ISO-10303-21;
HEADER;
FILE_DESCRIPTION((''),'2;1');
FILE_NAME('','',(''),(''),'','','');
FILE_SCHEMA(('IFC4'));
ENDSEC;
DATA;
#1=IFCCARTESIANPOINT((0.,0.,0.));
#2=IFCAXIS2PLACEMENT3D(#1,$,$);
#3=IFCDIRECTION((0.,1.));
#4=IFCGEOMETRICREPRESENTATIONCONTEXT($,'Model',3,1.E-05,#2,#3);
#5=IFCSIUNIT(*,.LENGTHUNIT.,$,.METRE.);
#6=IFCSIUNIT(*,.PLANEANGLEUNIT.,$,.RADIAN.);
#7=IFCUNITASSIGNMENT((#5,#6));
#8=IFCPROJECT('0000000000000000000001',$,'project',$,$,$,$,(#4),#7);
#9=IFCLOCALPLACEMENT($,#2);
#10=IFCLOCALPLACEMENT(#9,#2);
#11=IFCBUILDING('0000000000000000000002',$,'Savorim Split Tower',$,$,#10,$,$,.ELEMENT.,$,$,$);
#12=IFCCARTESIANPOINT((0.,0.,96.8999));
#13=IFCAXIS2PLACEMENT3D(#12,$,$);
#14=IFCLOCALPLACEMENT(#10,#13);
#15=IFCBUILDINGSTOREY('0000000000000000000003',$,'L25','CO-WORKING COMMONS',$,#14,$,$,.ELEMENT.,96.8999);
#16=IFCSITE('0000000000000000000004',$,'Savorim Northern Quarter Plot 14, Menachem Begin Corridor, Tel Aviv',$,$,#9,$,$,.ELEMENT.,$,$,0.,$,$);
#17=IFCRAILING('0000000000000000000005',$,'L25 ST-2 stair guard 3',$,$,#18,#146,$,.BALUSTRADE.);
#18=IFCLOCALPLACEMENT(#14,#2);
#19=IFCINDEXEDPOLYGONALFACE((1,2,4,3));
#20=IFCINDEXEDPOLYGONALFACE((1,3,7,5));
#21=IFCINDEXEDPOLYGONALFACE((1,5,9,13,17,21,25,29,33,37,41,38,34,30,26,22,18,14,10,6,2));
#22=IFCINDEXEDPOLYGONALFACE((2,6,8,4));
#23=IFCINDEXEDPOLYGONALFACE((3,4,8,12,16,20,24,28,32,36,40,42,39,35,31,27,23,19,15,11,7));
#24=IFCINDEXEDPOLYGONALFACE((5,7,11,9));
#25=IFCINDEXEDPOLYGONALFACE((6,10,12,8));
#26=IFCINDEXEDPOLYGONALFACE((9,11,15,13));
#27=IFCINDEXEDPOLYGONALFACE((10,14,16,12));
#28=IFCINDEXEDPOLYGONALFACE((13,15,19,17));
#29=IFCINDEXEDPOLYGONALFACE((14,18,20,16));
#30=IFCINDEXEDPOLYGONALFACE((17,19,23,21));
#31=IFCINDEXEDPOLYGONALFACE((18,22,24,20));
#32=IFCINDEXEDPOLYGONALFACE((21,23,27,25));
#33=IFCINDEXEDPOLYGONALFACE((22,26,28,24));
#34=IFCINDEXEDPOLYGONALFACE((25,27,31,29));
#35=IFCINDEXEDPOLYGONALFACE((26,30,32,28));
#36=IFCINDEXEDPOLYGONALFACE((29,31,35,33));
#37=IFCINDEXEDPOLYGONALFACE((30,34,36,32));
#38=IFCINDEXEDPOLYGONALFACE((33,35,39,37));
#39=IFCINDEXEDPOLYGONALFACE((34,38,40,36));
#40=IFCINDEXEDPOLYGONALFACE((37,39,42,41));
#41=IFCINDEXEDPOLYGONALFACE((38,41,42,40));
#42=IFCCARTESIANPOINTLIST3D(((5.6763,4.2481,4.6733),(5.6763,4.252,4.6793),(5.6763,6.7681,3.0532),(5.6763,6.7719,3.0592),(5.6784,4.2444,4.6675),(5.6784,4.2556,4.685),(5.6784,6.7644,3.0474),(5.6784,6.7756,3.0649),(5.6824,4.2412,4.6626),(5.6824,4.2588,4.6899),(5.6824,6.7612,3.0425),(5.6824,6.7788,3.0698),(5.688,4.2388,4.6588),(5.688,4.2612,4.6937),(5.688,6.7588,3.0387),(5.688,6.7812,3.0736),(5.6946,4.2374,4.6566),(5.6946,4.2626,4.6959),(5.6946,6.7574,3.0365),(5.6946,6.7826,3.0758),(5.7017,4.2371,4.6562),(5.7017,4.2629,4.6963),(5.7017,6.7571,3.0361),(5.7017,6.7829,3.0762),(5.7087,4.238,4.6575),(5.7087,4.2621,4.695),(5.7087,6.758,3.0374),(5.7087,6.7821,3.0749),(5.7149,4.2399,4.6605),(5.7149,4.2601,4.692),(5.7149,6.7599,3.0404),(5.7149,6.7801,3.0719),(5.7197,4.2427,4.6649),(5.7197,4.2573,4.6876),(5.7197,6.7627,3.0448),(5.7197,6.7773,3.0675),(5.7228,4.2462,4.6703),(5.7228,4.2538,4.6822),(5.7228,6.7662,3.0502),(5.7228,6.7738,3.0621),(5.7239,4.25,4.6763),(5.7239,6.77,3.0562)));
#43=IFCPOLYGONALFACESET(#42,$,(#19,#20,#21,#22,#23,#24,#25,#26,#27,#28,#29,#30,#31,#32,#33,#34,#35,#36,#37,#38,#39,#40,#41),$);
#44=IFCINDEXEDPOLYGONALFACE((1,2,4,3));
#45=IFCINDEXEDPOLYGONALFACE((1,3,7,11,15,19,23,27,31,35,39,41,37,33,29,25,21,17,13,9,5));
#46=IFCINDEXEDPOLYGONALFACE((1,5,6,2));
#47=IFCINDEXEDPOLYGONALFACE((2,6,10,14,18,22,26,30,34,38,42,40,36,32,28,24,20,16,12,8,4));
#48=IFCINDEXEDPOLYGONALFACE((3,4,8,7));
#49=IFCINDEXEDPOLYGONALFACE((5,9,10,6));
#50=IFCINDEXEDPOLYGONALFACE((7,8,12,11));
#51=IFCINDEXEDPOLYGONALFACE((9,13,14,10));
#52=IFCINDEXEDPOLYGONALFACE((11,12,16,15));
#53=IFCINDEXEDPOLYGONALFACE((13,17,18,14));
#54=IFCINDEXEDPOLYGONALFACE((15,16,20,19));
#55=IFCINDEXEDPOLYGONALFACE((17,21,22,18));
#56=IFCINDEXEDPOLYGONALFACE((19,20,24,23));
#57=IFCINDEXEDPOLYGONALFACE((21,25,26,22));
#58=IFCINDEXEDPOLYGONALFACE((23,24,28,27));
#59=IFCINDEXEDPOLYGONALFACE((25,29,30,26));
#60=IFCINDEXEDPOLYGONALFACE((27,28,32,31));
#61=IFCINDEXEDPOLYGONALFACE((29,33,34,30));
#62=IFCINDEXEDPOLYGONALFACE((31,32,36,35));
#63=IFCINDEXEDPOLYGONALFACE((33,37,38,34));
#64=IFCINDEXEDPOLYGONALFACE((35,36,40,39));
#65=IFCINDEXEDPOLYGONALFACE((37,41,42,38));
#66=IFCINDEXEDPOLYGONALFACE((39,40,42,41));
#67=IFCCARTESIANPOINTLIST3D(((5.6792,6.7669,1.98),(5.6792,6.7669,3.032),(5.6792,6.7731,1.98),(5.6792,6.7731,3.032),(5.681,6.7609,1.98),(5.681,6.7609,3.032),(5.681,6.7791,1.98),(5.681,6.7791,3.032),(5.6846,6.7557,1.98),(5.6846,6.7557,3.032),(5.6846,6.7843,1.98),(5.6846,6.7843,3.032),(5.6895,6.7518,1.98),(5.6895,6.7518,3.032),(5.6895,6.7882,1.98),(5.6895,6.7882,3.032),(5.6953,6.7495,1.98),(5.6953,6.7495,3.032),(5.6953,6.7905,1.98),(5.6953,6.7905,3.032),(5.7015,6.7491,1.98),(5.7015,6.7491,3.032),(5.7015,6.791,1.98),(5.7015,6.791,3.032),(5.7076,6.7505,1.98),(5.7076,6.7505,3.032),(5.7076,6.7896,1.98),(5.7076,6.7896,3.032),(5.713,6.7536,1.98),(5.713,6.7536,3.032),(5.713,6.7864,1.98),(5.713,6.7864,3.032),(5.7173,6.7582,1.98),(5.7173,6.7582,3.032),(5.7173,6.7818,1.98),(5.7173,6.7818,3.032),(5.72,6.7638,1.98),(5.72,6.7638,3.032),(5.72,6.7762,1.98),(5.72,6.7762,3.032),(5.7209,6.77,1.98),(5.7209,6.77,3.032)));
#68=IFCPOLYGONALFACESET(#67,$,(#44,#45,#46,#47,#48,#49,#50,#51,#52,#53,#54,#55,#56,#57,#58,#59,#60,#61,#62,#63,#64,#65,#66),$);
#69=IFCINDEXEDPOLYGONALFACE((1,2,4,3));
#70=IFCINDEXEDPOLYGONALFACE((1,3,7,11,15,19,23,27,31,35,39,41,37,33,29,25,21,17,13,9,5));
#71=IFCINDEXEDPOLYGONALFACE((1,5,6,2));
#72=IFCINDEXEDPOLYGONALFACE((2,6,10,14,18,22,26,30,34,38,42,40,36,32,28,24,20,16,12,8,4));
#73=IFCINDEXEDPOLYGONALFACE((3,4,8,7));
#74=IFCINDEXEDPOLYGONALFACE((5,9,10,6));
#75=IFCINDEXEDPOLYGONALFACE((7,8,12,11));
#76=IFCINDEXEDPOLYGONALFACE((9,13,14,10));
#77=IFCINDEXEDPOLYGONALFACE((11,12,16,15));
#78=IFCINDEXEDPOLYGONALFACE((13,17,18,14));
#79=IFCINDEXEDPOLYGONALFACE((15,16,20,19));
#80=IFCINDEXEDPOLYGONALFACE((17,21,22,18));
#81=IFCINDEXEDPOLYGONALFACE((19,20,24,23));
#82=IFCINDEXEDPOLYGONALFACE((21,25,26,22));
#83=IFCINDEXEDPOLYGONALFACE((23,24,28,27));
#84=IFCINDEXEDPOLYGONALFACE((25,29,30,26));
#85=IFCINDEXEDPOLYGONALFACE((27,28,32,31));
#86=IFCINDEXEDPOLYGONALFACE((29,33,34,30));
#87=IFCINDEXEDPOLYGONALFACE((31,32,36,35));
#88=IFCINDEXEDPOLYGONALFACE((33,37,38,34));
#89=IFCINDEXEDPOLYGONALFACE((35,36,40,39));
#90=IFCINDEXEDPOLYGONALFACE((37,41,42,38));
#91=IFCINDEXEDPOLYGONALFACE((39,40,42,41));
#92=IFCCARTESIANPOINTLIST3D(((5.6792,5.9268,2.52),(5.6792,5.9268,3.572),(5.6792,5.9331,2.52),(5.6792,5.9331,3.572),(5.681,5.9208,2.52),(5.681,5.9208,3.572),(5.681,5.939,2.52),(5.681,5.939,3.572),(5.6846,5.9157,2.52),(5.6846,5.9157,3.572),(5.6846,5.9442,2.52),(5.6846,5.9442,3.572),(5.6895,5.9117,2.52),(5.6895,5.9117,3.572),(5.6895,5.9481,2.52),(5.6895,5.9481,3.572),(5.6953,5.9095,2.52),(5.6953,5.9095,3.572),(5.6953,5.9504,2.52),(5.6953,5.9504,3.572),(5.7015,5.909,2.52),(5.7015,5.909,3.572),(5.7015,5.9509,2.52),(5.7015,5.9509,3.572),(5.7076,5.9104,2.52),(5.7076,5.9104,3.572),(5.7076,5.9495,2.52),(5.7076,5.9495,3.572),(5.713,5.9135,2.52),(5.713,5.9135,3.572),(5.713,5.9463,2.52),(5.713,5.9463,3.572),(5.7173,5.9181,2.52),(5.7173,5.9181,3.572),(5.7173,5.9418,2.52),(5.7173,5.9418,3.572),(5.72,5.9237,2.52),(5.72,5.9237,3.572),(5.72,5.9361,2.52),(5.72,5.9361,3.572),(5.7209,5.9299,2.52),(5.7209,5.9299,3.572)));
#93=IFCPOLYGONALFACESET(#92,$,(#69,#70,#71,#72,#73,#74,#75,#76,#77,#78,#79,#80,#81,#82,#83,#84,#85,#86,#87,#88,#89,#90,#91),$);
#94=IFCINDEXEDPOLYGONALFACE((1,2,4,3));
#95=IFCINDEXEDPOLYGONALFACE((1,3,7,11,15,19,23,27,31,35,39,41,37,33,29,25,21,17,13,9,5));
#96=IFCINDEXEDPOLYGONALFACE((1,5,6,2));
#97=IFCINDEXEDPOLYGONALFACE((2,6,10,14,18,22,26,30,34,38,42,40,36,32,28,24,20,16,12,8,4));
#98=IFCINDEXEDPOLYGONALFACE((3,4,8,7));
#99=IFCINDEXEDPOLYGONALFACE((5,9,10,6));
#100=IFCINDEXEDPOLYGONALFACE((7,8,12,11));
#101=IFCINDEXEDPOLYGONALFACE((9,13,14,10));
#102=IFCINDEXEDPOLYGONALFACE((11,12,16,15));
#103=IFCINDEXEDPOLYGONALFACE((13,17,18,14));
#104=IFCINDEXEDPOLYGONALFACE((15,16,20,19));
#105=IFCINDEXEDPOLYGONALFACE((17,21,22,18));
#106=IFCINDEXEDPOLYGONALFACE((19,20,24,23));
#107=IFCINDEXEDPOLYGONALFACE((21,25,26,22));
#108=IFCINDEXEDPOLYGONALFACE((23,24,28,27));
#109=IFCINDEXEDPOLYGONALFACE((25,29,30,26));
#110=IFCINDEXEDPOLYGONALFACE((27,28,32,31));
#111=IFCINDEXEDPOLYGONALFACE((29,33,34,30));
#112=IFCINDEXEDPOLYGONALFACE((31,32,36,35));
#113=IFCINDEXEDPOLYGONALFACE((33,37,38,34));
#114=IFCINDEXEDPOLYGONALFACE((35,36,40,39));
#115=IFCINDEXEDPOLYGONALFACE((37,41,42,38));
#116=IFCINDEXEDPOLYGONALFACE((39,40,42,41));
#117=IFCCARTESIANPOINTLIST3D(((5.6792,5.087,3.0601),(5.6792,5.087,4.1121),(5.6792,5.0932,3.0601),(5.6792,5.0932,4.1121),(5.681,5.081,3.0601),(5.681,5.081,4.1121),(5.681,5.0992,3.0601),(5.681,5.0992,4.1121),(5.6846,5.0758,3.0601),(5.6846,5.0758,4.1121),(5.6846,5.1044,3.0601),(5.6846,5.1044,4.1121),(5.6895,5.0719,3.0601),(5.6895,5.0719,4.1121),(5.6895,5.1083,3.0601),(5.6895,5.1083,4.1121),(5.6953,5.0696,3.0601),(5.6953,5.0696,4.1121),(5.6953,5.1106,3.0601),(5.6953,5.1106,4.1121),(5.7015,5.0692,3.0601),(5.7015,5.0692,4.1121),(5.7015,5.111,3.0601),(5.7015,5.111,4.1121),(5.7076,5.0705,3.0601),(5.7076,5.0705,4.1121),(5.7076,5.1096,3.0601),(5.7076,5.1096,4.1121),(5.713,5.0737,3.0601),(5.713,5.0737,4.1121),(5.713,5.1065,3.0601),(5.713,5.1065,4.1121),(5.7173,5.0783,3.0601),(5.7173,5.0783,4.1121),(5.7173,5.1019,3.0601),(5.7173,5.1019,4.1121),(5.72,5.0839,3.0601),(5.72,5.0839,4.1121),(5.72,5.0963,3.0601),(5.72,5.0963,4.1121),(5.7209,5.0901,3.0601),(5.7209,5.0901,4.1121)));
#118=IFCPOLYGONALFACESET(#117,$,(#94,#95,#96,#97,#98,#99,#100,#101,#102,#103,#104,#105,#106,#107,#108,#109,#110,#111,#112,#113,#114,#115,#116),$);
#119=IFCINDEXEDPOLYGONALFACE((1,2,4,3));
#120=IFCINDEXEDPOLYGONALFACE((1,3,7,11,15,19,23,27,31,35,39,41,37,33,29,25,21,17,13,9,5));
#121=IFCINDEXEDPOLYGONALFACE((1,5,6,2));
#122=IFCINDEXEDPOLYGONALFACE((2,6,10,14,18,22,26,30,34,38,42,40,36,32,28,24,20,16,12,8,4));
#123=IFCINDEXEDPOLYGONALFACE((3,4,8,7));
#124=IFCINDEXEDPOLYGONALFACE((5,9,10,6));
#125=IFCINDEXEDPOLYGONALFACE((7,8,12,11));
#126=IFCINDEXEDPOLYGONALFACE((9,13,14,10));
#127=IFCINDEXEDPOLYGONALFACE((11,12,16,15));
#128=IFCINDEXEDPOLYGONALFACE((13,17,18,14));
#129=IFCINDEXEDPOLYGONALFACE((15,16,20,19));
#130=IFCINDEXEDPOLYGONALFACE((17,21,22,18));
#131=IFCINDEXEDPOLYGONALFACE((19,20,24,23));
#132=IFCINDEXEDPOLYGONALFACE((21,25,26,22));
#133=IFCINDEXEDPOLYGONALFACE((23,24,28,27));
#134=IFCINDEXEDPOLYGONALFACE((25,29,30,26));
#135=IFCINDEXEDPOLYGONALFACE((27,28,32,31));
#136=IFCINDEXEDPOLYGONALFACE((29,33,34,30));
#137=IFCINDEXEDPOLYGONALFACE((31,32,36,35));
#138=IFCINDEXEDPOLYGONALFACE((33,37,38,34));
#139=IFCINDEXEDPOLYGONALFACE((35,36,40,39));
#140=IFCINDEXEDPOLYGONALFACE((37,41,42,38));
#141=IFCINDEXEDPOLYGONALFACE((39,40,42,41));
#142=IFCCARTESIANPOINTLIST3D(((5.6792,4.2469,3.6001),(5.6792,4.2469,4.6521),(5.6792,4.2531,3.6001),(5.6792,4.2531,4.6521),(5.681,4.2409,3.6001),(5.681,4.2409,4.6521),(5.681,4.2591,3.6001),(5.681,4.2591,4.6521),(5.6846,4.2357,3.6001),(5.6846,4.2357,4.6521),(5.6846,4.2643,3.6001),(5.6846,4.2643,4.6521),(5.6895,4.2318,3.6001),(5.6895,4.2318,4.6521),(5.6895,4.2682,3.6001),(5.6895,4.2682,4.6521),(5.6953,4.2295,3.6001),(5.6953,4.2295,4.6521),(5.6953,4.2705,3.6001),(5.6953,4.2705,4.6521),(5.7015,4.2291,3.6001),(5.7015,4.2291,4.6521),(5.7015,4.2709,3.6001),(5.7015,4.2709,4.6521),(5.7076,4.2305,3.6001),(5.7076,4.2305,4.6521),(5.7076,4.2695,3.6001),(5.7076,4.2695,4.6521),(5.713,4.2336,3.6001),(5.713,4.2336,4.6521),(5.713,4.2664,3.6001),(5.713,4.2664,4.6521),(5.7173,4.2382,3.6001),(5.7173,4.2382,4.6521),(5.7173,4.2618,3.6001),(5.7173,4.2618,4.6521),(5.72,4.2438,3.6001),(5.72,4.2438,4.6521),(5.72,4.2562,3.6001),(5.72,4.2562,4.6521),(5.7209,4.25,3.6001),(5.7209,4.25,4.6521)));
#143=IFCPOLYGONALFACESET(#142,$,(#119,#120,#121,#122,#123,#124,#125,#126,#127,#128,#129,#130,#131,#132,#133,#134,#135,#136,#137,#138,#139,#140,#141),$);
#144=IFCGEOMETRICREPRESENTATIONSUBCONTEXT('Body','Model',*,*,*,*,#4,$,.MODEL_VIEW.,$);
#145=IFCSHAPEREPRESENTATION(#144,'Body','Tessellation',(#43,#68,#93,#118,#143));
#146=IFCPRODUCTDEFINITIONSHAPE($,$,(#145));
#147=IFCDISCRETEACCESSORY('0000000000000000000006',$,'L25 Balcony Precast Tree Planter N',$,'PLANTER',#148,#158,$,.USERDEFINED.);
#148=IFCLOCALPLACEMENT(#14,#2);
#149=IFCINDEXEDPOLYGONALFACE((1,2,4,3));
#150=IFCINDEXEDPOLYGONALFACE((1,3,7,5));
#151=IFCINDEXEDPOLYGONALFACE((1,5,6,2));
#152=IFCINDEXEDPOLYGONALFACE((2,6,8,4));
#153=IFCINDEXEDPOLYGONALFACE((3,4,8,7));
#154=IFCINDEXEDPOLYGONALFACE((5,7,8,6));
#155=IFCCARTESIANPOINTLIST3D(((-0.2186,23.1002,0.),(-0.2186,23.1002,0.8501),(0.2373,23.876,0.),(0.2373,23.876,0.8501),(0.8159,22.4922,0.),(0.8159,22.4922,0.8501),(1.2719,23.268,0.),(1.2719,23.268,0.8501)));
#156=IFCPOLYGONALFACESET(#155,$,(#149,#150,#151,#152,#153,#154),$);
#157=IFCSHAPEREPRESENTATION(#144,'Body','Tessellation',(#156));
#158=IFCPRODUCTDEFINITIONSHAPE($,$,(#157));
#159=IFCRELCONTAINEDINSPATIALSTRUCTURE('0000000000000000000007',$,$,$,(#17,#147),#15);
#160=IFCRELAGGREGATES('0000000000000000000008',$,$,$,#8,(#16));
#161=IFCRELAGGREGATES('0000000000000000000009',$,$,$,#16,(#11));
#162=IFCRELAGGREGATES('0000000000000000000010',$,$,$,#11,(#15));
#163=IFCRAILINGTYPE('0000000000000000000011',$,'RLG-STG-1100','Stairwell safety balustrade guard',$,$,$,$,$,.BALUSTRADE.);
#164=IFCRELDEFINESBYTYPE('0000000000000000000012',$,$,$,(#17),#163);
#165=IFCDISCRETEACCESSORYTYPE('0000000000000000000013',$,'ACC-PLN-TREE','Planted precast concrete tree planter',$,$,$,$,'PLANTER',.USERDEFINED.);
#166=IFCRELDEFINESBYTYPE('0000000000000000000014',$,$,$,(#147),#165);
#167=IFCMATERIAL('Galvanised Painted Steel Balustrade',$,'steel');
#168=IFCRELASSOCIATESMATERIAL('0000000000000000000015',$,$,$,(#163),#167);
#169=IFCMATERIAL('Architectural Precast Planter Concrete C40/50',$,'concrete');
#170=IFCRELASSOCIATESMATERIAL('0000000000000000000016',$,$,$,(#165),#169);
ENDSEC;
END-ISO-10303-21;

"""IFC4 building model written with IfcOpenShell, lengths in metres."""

from ifc_helpers import new_model, si_unit, direction, frame, origin, origin_2d, place, context, subcontext, project, spatial, rectangle, circle, extrude, material, type_object, element, save


model = new_model("IFC4")

# Units and contexts
model_context = context("Model", 3, precision=1e-05, world=origin(), true_north=direction((0.0, 1.0)))
body_context = subcontext(model_context, "Body", "Model", "MODEL_VIEW")
ifc_project = project(units=[si_unit("LENGTHUNIT", "METRE"), si_unit("PLANEANGLEUNIT", "RADIAN")], contexts=[model_context])

# Site, building, storey
site_placement = place(None, origin())
site = spatial("IfcSite", under=ifc_project, at=site_placement, Name="Savorim Northern Quarter Plot 14, Menachem Begin Corridor, Tel Aviv", CompositionType="ELEMENT", RefElevation=0.0)
building_placement = place(site_placement, origin())
building = spatial("IfcBuilding", under=site, at=building_placement, Name="Savorim Split Tower", CompositionType="ELEMENT")
storey_placement = place(building_placement, frame((0.0, 0.0, 96.8999)))
storey = spatial("IfcBuildingStorey", under=building, at=storey_placement, Name="L25", Description="CO-WORKING COMMONS", CompositionType="ELEMENT", Elevation=96.8999)

# Railing
ifc_material_1 = material(Name="Galvanised Painted Steel Balustrade", Category="steel")
railing_type_1 = type_object("IfcRailingType", Name="RLG-STG-1100", Description="Stairwell safety balustrade guard", PredefinedType="BALUSTRADE", material=ifc_material_1)
railing_1_placement = place(storey_placement, frame((5.7, 6.77, 1.98)))
element("IfcRailing", 1, at=railing_1_placement, inside=storey, type_object=railing_type_1, Name="L25 ST-2 stair guard 3", PredefinedType="BALUSTRADE", context=body_context, shape_type="SweptSolid", body=[
    extrude(circle(Radius=0.0239, at=origin_2d()), frame((0.0, 0.0, 1.0762), z_axis=(0.0, -0.841163, 0.540782), x_axis=(1.0, 0.0, 0.0)), (0.0, 0.0, 1.0), 2.9958),
    extrude(circle(Radius=0.021, at=origin_2d()), origin(), (0.0, 0.0, 1.0), 1.052),
    extrude(circle(Radius=0.021, at=origin_2d()), frame((0.0, -0.8401, 0.54)), (0.0, 0.0, 1.0), 1.052),
    extrude(circle(Radius=0.021, at=origin_2d()), frame((0.0, -1.6799, 1.0801)), (0.0, 0.0, 1.0), 1.052),
    extrude(circle(Radius=0.021, at=origin_2d()), frame((0.0, -2.52, 1.6201)), (0.0, 0.0, 1.0), 1.052),
])

# Discrete accessory
ifc_material_2 = material(Name="Architectural Precast Planter Concrete C40/50", Category="concrete")
discrete_accessory_type = type_object("IfcDiscreteAccessoryType", Name="ACC-PLN-TREE", Description="Planted precast concrete tree planter", ElementType="PLANTER", PredefinedType="USERDEFINED", material=ifc_material_2)
discrete_accessory_placement = place(storey_placement, frame((0.5266, 23.1841, 0.0), z_axis=(0.0, 0.0, 1.0), x_axis=(-0.862122, 0.5067, 0.0)))
element("IfcDiscreteAccessory", 2, at=discrete_accessory_placement, inside=storey, type_object=discrete_accessory_type, Name="L25 Balcony Precast Tree Planter N", ObjectType="PLANTER", PredefinedType="USERDEFINED", context=body_context, shape_type="SweptSolid", body=[
    extrude(rectangle(XDim=1.2, YDim=0.8999, at=origin_2d()), origin(), (0.0, 0.0, 1.0), 0.8501),
])

save(model, "model.ifc")
